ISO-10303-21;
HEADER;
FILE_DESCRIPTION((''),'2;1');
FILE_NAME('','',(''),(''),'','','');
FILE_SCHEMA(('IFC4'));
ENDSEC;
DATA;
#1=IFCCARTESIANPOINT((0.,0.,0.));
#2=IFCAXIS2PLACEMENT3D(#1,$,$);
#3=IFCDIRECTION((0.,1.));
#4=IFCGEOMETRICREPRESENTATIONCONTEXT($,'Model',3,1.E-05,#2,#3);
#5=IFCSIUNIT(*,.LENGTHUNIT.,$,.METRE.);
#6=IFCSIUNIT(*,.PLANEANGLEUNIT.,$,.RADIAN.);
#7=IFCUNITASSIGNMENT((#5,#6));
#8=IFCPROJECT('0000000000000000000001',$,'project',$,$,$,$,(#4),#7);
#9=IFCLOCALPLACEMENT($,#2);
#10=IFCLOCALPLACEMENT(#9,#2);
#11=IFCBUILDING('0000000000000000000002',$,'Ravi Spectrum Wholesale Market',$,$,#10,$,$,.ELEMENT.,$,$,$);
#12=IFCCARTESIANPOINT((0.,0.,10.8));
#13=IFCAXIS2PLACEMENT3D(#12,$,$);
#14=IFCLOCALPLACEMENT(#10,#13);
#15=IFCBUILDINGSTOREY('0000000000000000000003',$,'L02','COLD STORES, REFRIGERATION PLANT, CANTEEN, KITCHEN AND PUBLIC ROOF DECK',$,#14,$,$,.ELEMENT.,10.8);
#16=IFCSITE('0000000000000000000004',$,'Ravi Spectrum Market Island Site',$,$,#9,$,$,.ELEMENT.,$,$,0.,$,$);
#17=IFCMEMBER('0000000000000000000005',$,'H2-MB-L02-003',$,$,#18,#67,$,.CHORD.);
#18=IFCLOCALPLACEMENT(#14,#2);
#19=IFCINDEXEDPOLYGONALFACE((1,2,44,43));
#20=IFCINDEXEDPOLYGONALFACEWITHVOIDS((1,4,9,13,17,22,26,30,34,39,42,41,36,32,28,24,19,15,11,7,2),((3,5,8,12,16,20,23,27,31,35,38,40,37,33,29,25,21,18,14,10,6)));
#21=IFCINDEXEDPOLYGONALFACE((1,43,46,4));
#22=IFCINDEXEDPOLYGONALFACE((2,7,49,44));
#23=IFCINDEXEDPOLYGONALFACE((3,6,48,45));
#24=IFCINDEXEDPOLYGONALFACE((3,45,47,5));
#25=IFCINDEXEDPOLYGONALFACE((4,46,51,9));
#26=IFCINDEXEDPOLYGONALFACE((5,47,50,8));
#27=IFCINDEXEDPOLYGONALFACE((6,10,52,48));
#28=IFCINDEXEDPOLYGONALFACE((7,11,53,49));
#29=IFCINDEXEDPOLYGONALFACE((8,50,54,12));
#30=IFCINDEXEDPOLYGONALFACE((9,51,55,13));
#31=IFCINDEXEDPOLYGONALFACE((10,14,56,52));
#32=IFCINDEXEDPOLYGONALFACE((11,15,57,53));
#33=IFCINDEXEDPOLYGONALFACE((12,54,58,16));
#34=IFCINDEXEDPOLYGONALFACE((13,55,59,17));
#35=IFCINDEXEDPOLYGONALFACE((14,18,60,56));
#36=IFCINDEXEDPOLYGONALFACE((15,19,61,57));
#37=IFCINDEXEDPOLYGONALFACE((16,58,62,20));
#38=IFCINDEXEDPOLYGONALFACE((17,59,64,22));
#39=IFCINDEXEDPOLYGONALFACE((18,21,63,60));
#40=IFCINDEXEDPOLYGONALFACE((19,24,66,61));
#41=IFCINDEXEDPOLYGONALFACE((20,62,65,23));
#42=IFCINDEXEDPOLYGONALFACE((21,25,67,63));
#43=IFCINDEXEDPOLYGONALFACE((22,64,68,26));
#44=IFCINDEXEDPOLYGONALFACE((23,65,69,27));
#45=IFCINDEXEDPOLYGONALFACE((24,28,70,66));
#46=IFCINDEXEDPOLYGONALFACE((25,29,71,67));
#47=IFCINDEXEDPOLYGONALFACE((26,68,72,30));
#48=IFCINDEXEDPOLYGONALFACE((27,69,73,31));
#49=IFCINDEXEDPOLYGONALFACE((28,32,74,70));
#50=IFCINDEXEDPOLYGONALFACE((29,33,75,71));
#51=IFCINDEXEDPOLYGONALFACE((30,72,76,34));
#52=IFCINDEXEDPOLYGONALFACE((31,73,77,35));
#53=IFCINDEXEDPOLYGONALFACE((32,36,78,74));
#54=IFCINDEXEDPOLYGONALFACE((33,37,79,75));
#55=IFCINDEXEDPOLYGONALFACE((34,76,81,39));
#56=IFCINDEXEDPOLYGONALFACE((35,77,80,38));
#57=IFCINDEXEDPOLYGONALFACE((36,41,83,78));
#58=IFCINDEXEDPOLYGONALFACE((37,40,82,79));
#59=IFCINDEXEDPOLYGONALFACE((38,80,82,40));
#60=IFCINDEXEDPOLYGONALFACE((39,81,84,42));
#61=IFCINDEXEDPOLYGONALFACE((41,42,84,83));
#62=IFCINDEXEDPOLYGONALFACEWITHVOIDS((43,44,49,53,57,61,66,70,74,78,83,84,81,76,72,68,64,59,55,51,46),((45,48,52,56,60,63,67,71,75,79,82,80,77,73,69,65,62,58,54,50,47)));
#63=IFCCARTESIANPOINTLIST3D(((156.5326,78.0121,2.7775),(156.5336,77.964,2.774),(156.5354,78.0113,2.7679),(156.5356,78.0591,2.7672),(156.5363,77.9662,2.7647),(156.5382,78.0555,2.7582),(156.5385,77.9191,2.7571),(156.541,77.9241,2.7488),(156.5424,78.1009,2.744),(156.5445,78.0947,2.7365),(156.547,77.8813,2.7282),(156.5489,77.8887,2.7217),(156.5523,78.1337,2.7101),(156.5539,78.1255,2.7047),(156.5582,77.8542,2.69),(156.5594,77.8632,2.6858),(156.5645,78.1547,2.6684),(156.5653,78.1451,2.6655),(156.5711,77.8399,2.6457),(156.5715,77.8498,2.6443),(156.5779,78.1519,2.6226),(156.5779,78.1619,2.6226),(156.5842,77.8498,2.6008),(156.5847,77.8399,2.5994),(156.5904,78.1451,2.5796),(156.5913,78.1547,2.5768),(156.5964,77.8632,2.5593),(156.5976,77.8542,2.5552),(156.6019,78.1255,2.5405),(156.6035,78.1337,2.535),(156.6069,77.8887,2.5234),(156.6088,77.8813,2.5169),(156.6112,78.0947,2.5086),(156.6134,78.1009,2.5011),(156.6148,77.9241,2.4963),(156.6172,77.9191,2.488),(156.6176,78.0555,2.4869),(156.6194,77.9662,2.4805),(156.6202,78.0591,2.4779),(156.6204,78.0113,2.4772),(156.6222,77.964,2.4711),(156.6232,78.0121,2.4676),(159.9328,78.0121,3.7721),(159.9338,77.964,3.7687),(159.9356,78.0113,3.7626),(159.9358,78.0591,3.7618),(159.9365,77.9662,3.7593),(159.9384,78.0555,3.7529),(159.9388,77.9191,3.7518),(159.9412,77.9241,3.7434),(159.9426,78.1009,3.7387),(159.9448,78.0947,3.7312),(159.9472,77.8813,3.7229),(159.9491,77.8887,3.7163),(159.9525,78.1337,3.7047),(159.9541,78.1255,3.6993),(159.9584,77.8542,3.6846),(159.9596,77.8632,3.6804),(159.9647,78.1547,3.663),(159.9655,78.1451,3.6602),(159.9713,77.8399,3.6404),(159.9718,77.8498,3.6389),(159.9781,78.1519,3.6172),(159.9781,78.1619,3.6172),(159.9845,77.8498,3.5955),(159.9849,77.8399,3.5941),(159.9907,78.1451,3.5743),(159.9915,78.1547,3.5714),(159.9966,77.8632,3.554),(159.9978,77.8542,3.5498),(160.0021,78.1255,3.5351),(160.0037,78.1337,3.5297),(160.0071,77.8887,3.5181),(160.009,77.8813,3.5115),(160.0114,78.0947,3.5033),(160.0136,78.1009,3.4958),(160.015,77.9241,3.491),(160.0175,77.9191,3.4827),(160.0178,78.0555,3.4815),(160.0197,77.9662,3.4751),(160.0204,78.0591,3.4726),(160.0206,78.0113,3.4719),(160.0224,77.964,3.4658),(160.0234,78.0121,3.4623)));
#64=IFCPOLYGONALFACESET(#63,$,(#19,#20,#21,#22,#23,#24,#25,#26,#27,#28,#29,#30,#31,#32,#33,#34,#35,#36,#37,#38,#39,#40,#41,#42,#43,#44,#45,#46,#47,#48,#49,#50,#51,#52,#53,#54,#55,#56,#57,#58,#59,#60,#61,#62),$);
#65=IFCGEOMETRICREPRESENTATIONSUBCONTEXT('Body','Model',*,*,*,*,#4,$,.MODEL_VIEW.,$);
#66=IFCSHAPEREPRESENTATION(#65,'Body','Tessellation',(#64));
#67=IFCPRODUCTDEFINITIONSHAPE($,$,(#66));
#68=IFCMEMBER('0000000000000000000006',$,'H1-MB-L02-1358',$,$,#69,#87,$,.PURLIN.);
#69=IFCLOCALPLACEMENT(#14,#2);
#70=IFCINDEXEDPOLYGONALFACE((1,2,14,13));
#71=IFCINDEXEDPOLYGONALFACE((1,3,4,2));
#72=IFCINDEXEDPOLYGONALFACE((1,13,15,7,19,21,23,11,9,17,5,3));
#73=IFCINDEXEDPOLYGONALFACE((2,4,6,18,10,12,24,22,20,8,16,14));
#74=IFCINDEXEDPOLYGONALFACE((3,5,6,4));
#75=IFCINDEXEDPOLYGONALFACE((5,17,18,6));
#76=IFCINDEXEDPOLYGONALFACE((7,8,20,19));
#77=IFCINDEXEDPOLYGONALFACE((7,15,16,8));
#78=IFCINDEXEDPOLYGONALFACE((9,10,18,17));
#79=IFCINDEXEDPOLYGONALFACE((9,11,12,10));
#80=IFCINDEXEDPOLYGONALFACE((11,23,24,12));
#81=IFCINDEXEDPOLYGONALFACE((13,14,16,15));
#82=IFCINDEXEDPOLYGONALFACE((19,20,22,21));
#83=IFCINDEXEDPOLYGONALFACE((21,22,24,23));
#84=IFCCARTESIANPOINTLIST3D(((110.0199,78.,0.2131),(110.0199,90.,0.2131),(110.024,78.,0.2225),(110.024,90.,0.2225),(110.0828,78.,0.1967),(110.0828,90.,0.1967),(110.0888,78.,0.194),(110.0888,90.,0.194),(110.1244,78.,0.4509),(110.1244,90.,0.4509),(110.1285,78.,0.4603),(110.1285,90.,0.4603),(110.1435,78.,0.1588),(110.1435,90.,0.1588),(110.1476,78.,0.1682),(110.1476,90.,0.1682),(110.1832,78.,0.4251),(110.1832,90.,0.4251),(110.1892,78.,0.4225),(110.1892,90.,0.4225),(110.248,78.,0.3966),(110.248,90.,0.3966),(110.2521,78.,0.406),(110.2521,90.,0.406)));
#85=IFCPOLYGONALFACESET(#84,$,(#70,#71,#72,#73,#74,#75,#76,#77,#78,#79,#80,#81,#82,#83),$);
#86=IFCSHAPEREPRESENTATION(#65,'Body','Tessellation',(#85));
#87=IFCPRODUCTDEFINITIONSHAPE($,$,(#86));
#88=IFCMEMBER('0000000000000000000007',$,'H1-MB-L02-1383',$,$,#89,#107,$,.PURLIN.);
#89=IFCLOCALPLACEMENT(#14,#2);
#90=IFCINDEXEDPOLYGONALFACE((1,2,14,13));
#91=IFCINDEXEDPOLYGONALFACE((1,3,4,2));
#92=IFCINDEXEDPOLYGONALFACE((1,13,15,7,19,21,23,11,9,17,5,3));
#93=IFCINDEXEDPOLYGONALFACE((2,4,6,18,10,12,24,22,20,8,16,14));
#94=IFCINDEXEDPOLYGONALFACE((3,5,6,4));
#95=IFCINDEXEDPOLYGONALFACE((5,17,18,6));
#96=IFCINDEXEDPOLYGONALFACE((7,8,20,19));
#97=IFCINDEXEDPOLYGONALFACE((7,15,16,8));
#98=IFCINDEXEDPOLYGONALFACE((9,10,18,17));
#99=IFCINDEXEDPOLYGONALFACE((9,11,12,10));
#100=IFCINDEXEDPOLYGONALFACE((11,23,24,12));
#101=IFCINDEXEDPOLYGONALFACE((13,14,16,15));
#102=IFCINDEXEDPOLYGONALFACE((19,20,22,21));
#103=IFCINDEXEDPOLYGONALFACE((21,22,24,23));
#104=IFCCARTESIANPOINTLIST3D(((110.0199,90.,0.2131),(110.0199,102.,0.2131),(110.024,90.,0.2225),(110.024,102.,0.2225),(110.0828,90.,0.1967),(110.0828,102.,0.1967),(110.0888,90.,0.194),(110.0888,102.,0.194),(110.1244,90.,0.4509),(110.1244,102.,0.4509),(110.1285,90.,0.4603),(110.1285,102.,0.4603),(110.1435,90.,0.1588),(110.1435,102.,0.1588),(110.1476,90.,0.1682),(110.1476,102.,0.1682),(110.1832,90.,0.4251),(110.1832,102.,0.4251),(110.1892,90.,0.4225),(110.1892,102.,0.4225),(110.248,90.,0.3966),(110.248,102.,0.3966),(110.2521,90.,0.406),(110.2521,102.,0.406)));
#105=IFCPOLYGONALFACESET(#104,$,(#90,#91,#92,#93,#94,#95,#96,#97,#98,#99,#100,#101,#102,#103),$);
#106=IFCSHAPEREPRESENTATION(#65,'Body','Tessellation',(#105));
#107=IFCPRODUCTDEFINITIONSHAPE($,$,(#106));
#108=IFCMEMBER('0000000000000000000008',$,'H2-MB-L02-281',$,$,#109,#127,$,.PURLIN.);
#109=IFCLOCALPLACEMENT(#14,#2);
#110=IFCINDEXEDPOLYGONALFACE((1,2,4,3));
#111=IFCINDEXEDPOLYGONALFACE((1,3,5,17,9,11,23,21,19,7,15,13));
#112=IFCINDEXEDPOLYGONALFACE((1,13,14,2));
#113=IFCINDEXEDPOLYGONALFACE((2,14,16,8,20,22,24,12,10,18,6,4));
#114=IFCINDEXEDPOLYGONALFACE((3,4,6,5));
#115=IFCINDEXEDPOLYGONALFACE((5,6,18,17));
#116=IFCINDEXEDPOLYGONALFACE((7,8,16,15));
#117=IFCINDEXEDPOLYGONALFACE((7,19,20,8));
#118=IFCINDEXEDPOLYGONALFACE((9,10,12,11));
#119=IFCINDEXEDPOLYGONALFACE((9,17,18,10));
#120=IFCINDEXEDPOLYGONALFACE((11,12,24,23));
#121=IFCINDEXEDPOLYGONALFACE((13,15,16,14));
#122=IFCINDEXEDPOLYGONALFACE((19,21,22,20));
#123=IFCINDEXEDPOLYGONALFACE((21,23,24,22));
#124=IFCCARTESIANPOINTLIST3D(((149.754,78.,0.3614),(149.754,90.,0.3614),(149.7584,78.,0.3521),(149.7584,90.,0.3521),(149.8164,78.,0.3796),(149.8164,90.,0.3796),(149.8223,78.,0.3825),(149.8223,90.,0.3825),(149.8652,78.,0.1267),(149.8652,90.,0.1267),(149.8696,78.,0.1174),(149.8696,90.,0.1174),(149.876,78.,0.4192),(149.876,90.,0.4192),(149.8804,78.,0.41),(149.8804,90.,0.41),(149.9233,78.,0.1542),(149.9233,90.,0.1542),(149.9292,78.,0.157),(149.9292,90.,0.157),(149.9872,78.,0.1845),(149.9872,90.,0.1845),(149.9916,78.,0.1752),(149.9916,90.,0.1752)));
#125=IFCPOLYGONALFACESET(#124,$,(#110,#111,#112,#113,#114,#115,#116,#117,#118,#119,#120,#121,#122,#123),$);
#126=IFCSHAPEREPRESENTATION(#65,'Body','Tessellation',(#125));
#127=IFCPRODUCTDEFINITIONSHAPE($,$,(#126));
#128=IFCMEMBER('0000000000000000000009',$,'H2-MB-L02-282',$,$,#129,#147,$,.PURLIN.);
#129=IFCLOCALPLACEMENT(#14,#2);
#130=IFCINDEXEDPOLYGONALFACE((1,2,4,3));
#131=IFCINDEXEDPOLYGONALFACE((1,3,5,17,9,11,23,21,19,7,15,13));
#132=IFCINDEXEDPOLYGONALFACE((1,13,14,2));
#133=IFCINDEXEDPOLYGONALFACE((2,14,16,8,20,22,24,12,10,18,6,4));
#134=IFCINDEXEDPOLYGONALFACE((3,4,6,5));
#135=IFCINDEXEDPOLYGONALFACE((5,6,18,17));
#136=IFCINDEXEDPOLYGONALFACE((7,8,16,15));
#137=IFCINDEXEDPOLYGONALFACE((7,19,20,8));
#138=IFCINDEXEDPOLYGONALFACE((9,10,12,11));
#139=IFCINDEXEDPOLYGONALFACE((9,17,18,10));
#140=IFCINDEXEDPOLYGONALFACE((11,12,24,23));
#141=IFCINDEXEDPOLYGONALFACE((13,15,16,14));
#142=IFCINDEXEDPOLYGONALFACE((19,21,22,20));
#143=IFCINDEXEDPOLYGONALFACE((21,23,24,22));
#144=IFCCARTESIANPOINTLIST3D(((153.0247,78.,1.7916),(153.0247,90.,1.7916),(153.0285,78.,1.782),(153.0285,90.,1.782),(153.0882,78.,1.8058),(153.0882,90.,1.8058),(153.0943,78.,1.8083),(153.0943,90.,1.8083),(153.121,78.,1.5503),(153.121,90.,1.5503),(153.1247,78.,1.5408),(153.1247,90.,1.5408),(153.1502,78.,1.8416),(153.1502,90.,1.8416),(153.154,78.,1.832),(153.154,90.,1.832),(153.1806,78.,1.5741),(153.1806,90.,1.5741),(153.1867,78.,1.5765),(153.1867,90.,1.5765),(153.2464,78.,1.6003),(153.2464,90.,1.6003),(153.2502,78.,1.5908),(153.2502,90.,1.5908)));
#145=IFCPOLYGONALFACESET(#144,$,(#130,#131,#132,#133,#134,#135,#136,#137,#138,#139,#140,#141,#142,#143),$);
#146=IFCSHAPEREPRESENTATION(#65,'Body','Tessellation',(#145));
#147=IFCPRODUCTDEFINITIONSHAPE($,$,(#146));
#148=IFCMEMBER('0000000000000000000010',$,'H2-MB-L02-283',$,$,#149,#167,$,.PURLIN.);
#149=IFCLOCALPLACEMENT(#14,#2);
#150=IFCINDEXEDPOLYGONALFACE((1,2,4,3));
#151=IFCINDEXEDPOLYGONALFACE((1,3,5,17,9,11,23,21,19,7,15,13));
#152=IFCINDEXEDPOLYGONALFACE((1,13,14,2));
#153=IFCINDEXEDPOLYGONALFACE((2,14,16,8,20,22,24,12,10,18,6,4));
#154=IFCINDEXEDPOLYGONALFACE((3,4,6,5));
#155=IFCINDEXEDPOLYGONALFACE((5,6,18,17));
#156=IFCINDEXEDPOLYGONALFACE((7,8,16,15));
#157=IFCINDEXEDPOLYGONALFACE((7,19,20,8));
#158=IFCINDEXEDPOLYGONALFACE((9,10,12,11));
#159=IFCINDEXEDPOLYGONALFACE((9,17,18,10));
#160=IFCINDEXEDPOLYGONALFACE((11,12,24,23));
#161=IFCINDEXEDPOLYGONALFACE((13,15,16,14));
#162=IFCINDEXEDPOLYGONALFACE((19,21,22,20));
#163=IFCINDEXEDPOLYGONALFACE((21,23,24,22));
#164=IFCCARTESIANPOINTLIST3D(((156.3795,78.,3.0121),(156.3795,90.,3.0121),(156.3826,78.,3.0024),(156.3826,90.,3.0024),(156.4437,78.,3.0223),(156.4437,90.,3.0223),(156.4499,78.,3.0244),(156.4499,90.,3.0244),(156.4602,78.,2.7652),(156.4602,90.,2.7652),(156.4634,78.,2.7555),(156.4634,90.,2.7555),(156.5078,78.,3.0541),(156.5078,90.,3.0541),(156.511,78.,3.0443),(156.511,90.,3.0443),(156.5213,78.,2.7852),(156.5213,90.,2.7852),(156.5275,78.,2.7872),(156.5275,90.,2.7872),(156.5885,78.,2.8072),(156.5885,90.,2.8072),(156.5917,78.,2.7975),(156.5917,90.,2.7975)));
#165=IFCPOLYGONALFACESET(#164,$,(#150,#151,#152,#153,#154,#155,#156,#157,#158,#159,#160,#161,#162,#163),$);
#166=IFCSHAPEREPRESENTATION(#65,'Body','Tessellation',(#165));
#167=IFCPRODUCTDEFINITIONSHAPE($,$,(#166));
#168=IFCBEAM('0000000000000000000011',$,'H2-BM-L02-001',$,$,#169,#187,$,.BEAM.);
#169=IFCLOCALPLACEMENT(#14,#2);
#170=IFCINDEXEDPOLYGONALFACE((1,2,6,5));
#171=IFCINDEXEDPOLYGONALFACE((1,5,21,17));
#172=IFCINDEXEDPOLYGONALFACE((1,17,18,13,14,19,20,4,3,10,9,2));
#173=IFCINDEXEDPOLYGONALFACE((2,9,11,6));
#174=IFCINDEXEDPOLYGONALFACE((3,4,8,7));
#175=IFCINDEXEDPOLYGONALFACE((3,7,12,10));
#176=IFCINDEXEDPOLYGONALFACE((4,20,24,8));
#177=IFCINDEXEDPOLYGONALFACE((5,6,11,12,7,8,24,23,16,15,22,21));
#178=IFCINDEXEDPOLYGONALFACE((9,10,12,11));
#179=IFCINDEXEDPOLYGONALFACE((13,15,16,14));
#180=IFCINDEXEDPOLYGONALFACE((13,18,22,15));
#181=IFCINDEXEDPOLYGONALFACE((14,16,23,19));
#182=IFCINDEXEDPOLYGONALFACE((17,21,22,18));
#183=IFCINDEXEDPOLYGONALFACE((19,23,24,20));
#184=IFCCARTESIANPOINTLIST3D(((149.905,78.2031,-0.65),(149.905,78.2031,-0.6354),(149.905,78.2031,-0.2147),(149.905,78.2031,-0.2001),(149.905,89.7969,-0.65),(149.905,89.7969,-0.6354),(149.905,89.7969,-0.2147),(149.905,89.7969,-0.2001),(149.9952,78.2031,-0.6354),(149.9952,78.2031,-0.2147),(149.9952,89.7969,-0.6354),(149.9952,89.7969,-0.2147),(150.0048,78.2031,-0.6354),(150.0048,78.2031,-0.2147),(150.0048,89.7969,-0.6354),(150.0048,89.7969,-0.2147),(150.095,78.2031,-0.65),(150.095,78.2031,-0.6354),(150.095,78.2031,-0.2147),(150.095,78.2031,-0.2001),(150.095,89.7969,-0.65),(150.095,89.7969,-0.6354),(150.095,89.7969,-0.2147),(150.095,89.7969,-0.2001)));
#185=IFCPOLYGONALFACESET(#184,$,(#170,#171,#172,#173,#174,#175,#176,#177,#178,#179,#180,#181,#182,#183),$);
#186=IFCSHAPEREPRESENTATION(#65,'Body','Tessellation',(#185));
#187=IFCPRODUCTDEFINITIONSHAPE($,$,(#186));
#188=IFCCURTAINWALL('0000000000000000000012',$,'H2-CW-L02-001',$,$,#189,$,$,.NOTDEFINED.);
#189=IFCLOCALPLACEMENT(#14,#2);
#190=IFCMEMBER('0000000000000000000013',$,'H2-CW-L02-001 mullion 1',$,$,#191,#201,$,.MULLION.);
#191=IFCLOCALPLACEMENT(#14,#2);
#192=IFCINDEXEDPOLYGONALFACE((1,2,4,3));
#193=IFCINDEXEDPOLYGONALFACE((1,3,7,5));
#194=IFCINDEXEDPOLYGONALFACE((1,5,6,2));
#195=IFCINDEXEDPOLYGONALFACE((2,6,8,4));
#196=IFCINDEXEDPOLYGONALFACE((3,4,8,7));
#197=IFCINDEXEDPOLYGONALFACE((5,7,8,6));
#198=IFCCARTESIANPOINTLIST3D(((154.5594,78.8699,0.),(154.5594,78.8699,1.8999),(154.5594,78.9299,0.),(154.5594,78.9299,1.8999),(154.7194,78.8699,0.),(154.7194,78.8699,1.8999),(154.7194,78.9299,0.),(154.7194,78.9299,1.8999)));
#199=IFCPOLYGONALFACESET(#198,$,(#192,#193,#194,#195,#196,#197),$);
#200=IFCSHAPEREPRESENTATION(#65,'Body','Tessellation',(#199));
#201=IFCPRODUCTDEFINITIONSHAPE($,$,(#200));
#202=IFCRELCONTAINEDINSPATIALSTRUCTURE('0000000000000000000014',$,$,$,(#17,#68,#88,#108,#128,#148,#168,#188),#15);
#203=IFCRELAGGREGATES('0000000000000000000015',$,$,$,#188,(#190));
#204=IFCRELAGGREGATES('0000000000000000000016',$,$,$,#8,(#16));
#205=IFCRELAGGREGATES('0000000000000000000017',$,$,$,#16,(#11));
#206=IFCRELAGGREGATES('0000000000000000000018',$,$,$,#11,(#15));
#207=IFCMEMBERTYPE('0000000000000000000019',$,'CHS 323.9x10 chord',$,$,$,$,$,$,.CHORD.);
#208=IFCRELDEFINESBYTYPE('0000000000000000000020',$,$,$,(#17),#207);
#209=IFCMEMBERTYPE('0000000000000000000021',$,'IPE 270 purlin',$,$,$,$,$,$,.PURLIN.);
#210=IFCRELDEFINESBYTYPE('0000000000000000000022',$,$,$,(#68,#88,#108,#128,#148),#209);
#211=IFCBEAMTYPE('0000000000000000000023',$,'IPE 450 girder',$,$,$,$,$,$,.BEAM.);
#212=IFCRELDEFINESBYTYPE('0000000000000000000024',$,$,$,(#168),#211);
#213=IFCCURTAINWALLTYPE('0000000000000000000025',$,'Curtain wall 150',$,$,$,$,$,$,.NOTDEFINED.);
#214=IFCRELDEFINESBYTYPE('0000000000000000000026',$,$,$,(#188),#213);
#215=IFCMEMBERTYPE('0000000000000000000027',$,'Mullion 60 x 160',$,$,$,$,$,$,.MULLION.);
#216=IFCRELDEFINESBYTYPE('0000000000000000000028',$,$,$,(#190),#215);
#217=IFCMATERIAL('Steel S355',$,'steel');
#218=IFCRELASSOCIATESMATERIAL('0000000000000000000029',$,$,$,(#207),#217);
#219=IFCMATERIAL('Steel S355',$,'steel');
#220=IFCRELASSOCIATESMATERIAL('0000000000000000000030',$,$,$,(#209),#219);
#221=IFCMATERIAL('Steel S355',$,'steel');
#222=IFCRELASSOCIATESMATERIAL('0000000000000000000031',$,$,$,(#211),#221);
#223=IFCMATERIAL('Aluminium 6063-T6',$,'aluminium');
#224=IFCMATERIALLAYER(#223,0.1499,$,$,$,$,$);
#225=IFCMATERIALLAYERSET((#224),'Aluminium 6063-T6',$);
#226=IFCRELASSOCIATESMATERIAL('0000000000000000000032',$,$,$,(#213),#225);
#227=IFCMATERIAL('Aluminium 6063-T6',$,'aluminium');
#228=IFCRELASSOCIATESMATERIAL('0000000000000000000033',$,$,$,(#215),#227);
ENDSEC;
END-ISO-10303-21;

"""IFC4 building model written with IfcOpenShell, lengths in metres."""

from ifc_helpers import new_model, si_unit, direction, frame, origin, origin_2d, place, context, subcontext, project, spatial, rectangle, hollow_circle, i_section, extrude, material, layer, layer_set, material_profile, profile_set, type_object, element, aggregate, save


model = new_model("IFC4")

# Units and contexts
model_context = context("Model", 3, precision=1e-05, world=origin(), true_north=direction((0.0, 1.0)))
body_context = subcontext(model_context, "Body", "Model", "MODEL_VIEW")
ifc_project = project(units=[si_unit("LENGTHUNIT", "METRE"), si_unit("PLANEANGLEUNIT", "RADIAN")], contexts=[model_context])

# Site, building, storey
site_placement = place(None, origin())
site = spatial("IfcSite", under=ifc_project, at=site_placement, Name="Ravi Spectrum Market Island Site", CompositionType="ELEMENT", RefElevation=0.0)
building_placement = place(site_placement, origin())
building = spatial("IfcBuilding", under=site, at=building_placement, Name="Ravi Spectrum Wholesale Market", CompositionType="ELEMENT")
storey_placement = place(building_placement, frame((0.0, 0.0, 10.8)))
storey = spatial("IfcBuildingStorey", under=building, at=storey_placement, Name="L02", Description="COLD STORES, REFRIGERATION PLANT, CANTEEN, KITCHEN AND PUBLIC ROOF DECK", CompositionType="ELEMENT", Elevation=10.8)

# Members
ifc_material_1 = material(Name="Steel S355", Category="steel")
ifc_material_profile_1 = material_profile(ifc_material_1, hollow_circle(Radius=0.1619, WallThickness=0.01, at=origin_2d()))
ifc_profile_set_1 = profile_set([ifc_material_profile_1], Name="Steel S355")
member_type_1 = type_object("IfcMemberType", Name="CHS 323.9x10 chord", PredefinedType="CHORD", material=ifc_profile_set_1)
member_1_placement = place(storey_placement, frame((156.5779, 78.0, 2.6226), z_axis=(0.959778, 0.0, 0.280759), x_axis=(0.0, 1.0, 0.0)))
element("IfcMember", 1, at=member_1_placement, inside=storey, type_object=member_type_1, Name="H2-MB-L02-003", PredefinedType="CHORD", context=body_context, shape_type="SweptSolid", body=[
    extrude(hollow_circle(Radius=0.1619, WallThickness=0.01, at=origin_2d()), origin(), (0.0, 0.0, 1.0), 3.5427),
])
ifc_material_2 = material(Name="Steel S355", Category="steel")
ifc_material_profile_2 = material_profile(ifc_material_2, i_section(OverallWidth=0.135, OverallDepth=0.27, WebThickness=0.0066, FlangeThickness=0.0103, at=origin_2d()))
ifc_profile_set_2 = profile_set([ifc_material_profile_2], Name="Steel S355")
member_type_2 = type_object("IfcMemberType", Name="IPE 270 purlin", PredefinedType="PURLIN", material=ifc_profile_set_2)
for number, where, z_axis, x_axis, name in (
    (2, (110.136, 78.0, 0.3096), (0.0, 1.0, 0.0), (-0.915525, 0.0, 0.40226), "H1-MB-L02-1358"),
    (3, (110.136, 90.0, 0.3096), (0.0, 1.0, 0.0), (-0.915525, 0.0, 0.40226), "H1-MB-L02-1383"),
    (4, (149.8728, 78.0, 0.2683), (0.0, 1.0, 0.0), (-0.903629, 0.0, -0.428316), "H2-MB-L02-281"),
    (5, (153.1375, 78.0, 1.6912), (0.0, 1.0, 0.0), (-0.928888, 0.0, -0.37036), "H2-MB-L02-282"),
    (6, (156.4856, 78.0, 2.9048), (0.0, 1.0, 0.0), (-0.950435, 0.0, -0.310923), "H2-MB-L02-283"),
):
    element("IfcMember", number, at=place(storey_placement, frame(where, z_axis=z_axis, x_axis=x_axis)), inside=storey, type_object=member_type_2, Name=name, PredefinedType="PURLIN", context=body_context, shape_type="SweptSolid", body=[
        extrude(i_section(OverallWidth=0.135, OverallDepth=0.27, WebThickness=0.0066, FlangeThickness=0.0103, at=origin_2d()), origin(), (0.0, 0.0, 1.0), 12.0),
    ])

# Beam
ifc_material_3 = material(Name="Steel S355", Category="steel")
ifc_material_profile_3 = material_profile(ifc_material_3, i_section(OverallWidth=0.1899, OverallDepth=0.45, WebThickness=0.0095, FlangeThickness=0.0146, at=origin_2d()))
ifc_profile_set_3 = profile_set([ifc_material_profile_3], Name="Steel S355")
beam_type = type_object("IfcBeamType", Name="IPE 450 girder", PredefinedType="BEAM", material=ifc_profile_set_3)
beam_placement = place(storey_placement, frame((150.0, 78.2031, -0.425), z_axis=(0.0, 1.0, 0.0), x_axis=(-1.0, 0.0, 0.0)))
element("IfcBeam", 7, at=beam_placement, inside=storey, type_object=beam_type, Name="H2-BM-L02-001", PredefinedType="BEAM", context=body_context, shape_type="SweptSolid", body=[
    extrude(i_section(OverallWidth=0.1899, OverallDepth=0.45, WebThickness=0.0095, FlangeThickness=0.0146, at=origin_2d()), origin(), (0.0, 0.0, 1.0), 11.5938),
])

# Curtain wall, member
ifc_material_4 = material(Name="Aluminium 6063-T6", Category="aluminium")
ifc_layer_1 = layer(ifc_material_4, 0.1499)
ifc_layer_set_1 = layer_set([ifc_layer_1], Name="Aluminium 6063-T6")
curtain_wall_type = type_object("IfcCurtainWallType", Name="Curtain wall 150", PredefinedType="NOTDEFINED", material=ifc_layer_set_1)
curtain_wall_placement = place(storey_placement, origin())
curtain_wall = element("IfcCurtainWall", 8, at=curtain_wall_placement, inside=storey, type_object=curtain_wall_type, Name="H2-CW-L02-001", PredefinedType="NOTDEFINED")
ifc_material_5 = material(Name="Aluminium 6063-T6", Category="aluminium")
ifc_material_profile_4 = material_profile(ifc_material_5, rectangle(XDim=0.0601, YDim=0.1599, at=origin_2d()))
ifc_profile_set_4 = profile_set([ifc_material_profile_4], Name="Aluminium 6063-T6")
member_type_3 = type_object("IfcMemberType", Name="Mullion 60 x 160", PredefinedType="MULLION", material=ifc_profile_set_4)
member_2_placement = place(storey_placement, frame((154.6394, 78.8999, 0.0), z_axis=(0.0, 0.0, 1.0), x_axis=(0.0, 1.0, 0.0)))
member_2 = element("IfcMember", 9, at=member_2_placement, type_object=member_type_3, Name="H2-CW-L02-001 mullion 1", PredefinedType="MULLION", context=body_context, shape_type="SweptSolid", body=[
    extrude(rectangle(XDim=0.0601, YDim=0.1599, at=origin_2d()), origin(), (0.0, 0.0, 1.0), 1.8999),
])

aggregate(curtain_wall, [member_2])

save(model, "model.ifc")
